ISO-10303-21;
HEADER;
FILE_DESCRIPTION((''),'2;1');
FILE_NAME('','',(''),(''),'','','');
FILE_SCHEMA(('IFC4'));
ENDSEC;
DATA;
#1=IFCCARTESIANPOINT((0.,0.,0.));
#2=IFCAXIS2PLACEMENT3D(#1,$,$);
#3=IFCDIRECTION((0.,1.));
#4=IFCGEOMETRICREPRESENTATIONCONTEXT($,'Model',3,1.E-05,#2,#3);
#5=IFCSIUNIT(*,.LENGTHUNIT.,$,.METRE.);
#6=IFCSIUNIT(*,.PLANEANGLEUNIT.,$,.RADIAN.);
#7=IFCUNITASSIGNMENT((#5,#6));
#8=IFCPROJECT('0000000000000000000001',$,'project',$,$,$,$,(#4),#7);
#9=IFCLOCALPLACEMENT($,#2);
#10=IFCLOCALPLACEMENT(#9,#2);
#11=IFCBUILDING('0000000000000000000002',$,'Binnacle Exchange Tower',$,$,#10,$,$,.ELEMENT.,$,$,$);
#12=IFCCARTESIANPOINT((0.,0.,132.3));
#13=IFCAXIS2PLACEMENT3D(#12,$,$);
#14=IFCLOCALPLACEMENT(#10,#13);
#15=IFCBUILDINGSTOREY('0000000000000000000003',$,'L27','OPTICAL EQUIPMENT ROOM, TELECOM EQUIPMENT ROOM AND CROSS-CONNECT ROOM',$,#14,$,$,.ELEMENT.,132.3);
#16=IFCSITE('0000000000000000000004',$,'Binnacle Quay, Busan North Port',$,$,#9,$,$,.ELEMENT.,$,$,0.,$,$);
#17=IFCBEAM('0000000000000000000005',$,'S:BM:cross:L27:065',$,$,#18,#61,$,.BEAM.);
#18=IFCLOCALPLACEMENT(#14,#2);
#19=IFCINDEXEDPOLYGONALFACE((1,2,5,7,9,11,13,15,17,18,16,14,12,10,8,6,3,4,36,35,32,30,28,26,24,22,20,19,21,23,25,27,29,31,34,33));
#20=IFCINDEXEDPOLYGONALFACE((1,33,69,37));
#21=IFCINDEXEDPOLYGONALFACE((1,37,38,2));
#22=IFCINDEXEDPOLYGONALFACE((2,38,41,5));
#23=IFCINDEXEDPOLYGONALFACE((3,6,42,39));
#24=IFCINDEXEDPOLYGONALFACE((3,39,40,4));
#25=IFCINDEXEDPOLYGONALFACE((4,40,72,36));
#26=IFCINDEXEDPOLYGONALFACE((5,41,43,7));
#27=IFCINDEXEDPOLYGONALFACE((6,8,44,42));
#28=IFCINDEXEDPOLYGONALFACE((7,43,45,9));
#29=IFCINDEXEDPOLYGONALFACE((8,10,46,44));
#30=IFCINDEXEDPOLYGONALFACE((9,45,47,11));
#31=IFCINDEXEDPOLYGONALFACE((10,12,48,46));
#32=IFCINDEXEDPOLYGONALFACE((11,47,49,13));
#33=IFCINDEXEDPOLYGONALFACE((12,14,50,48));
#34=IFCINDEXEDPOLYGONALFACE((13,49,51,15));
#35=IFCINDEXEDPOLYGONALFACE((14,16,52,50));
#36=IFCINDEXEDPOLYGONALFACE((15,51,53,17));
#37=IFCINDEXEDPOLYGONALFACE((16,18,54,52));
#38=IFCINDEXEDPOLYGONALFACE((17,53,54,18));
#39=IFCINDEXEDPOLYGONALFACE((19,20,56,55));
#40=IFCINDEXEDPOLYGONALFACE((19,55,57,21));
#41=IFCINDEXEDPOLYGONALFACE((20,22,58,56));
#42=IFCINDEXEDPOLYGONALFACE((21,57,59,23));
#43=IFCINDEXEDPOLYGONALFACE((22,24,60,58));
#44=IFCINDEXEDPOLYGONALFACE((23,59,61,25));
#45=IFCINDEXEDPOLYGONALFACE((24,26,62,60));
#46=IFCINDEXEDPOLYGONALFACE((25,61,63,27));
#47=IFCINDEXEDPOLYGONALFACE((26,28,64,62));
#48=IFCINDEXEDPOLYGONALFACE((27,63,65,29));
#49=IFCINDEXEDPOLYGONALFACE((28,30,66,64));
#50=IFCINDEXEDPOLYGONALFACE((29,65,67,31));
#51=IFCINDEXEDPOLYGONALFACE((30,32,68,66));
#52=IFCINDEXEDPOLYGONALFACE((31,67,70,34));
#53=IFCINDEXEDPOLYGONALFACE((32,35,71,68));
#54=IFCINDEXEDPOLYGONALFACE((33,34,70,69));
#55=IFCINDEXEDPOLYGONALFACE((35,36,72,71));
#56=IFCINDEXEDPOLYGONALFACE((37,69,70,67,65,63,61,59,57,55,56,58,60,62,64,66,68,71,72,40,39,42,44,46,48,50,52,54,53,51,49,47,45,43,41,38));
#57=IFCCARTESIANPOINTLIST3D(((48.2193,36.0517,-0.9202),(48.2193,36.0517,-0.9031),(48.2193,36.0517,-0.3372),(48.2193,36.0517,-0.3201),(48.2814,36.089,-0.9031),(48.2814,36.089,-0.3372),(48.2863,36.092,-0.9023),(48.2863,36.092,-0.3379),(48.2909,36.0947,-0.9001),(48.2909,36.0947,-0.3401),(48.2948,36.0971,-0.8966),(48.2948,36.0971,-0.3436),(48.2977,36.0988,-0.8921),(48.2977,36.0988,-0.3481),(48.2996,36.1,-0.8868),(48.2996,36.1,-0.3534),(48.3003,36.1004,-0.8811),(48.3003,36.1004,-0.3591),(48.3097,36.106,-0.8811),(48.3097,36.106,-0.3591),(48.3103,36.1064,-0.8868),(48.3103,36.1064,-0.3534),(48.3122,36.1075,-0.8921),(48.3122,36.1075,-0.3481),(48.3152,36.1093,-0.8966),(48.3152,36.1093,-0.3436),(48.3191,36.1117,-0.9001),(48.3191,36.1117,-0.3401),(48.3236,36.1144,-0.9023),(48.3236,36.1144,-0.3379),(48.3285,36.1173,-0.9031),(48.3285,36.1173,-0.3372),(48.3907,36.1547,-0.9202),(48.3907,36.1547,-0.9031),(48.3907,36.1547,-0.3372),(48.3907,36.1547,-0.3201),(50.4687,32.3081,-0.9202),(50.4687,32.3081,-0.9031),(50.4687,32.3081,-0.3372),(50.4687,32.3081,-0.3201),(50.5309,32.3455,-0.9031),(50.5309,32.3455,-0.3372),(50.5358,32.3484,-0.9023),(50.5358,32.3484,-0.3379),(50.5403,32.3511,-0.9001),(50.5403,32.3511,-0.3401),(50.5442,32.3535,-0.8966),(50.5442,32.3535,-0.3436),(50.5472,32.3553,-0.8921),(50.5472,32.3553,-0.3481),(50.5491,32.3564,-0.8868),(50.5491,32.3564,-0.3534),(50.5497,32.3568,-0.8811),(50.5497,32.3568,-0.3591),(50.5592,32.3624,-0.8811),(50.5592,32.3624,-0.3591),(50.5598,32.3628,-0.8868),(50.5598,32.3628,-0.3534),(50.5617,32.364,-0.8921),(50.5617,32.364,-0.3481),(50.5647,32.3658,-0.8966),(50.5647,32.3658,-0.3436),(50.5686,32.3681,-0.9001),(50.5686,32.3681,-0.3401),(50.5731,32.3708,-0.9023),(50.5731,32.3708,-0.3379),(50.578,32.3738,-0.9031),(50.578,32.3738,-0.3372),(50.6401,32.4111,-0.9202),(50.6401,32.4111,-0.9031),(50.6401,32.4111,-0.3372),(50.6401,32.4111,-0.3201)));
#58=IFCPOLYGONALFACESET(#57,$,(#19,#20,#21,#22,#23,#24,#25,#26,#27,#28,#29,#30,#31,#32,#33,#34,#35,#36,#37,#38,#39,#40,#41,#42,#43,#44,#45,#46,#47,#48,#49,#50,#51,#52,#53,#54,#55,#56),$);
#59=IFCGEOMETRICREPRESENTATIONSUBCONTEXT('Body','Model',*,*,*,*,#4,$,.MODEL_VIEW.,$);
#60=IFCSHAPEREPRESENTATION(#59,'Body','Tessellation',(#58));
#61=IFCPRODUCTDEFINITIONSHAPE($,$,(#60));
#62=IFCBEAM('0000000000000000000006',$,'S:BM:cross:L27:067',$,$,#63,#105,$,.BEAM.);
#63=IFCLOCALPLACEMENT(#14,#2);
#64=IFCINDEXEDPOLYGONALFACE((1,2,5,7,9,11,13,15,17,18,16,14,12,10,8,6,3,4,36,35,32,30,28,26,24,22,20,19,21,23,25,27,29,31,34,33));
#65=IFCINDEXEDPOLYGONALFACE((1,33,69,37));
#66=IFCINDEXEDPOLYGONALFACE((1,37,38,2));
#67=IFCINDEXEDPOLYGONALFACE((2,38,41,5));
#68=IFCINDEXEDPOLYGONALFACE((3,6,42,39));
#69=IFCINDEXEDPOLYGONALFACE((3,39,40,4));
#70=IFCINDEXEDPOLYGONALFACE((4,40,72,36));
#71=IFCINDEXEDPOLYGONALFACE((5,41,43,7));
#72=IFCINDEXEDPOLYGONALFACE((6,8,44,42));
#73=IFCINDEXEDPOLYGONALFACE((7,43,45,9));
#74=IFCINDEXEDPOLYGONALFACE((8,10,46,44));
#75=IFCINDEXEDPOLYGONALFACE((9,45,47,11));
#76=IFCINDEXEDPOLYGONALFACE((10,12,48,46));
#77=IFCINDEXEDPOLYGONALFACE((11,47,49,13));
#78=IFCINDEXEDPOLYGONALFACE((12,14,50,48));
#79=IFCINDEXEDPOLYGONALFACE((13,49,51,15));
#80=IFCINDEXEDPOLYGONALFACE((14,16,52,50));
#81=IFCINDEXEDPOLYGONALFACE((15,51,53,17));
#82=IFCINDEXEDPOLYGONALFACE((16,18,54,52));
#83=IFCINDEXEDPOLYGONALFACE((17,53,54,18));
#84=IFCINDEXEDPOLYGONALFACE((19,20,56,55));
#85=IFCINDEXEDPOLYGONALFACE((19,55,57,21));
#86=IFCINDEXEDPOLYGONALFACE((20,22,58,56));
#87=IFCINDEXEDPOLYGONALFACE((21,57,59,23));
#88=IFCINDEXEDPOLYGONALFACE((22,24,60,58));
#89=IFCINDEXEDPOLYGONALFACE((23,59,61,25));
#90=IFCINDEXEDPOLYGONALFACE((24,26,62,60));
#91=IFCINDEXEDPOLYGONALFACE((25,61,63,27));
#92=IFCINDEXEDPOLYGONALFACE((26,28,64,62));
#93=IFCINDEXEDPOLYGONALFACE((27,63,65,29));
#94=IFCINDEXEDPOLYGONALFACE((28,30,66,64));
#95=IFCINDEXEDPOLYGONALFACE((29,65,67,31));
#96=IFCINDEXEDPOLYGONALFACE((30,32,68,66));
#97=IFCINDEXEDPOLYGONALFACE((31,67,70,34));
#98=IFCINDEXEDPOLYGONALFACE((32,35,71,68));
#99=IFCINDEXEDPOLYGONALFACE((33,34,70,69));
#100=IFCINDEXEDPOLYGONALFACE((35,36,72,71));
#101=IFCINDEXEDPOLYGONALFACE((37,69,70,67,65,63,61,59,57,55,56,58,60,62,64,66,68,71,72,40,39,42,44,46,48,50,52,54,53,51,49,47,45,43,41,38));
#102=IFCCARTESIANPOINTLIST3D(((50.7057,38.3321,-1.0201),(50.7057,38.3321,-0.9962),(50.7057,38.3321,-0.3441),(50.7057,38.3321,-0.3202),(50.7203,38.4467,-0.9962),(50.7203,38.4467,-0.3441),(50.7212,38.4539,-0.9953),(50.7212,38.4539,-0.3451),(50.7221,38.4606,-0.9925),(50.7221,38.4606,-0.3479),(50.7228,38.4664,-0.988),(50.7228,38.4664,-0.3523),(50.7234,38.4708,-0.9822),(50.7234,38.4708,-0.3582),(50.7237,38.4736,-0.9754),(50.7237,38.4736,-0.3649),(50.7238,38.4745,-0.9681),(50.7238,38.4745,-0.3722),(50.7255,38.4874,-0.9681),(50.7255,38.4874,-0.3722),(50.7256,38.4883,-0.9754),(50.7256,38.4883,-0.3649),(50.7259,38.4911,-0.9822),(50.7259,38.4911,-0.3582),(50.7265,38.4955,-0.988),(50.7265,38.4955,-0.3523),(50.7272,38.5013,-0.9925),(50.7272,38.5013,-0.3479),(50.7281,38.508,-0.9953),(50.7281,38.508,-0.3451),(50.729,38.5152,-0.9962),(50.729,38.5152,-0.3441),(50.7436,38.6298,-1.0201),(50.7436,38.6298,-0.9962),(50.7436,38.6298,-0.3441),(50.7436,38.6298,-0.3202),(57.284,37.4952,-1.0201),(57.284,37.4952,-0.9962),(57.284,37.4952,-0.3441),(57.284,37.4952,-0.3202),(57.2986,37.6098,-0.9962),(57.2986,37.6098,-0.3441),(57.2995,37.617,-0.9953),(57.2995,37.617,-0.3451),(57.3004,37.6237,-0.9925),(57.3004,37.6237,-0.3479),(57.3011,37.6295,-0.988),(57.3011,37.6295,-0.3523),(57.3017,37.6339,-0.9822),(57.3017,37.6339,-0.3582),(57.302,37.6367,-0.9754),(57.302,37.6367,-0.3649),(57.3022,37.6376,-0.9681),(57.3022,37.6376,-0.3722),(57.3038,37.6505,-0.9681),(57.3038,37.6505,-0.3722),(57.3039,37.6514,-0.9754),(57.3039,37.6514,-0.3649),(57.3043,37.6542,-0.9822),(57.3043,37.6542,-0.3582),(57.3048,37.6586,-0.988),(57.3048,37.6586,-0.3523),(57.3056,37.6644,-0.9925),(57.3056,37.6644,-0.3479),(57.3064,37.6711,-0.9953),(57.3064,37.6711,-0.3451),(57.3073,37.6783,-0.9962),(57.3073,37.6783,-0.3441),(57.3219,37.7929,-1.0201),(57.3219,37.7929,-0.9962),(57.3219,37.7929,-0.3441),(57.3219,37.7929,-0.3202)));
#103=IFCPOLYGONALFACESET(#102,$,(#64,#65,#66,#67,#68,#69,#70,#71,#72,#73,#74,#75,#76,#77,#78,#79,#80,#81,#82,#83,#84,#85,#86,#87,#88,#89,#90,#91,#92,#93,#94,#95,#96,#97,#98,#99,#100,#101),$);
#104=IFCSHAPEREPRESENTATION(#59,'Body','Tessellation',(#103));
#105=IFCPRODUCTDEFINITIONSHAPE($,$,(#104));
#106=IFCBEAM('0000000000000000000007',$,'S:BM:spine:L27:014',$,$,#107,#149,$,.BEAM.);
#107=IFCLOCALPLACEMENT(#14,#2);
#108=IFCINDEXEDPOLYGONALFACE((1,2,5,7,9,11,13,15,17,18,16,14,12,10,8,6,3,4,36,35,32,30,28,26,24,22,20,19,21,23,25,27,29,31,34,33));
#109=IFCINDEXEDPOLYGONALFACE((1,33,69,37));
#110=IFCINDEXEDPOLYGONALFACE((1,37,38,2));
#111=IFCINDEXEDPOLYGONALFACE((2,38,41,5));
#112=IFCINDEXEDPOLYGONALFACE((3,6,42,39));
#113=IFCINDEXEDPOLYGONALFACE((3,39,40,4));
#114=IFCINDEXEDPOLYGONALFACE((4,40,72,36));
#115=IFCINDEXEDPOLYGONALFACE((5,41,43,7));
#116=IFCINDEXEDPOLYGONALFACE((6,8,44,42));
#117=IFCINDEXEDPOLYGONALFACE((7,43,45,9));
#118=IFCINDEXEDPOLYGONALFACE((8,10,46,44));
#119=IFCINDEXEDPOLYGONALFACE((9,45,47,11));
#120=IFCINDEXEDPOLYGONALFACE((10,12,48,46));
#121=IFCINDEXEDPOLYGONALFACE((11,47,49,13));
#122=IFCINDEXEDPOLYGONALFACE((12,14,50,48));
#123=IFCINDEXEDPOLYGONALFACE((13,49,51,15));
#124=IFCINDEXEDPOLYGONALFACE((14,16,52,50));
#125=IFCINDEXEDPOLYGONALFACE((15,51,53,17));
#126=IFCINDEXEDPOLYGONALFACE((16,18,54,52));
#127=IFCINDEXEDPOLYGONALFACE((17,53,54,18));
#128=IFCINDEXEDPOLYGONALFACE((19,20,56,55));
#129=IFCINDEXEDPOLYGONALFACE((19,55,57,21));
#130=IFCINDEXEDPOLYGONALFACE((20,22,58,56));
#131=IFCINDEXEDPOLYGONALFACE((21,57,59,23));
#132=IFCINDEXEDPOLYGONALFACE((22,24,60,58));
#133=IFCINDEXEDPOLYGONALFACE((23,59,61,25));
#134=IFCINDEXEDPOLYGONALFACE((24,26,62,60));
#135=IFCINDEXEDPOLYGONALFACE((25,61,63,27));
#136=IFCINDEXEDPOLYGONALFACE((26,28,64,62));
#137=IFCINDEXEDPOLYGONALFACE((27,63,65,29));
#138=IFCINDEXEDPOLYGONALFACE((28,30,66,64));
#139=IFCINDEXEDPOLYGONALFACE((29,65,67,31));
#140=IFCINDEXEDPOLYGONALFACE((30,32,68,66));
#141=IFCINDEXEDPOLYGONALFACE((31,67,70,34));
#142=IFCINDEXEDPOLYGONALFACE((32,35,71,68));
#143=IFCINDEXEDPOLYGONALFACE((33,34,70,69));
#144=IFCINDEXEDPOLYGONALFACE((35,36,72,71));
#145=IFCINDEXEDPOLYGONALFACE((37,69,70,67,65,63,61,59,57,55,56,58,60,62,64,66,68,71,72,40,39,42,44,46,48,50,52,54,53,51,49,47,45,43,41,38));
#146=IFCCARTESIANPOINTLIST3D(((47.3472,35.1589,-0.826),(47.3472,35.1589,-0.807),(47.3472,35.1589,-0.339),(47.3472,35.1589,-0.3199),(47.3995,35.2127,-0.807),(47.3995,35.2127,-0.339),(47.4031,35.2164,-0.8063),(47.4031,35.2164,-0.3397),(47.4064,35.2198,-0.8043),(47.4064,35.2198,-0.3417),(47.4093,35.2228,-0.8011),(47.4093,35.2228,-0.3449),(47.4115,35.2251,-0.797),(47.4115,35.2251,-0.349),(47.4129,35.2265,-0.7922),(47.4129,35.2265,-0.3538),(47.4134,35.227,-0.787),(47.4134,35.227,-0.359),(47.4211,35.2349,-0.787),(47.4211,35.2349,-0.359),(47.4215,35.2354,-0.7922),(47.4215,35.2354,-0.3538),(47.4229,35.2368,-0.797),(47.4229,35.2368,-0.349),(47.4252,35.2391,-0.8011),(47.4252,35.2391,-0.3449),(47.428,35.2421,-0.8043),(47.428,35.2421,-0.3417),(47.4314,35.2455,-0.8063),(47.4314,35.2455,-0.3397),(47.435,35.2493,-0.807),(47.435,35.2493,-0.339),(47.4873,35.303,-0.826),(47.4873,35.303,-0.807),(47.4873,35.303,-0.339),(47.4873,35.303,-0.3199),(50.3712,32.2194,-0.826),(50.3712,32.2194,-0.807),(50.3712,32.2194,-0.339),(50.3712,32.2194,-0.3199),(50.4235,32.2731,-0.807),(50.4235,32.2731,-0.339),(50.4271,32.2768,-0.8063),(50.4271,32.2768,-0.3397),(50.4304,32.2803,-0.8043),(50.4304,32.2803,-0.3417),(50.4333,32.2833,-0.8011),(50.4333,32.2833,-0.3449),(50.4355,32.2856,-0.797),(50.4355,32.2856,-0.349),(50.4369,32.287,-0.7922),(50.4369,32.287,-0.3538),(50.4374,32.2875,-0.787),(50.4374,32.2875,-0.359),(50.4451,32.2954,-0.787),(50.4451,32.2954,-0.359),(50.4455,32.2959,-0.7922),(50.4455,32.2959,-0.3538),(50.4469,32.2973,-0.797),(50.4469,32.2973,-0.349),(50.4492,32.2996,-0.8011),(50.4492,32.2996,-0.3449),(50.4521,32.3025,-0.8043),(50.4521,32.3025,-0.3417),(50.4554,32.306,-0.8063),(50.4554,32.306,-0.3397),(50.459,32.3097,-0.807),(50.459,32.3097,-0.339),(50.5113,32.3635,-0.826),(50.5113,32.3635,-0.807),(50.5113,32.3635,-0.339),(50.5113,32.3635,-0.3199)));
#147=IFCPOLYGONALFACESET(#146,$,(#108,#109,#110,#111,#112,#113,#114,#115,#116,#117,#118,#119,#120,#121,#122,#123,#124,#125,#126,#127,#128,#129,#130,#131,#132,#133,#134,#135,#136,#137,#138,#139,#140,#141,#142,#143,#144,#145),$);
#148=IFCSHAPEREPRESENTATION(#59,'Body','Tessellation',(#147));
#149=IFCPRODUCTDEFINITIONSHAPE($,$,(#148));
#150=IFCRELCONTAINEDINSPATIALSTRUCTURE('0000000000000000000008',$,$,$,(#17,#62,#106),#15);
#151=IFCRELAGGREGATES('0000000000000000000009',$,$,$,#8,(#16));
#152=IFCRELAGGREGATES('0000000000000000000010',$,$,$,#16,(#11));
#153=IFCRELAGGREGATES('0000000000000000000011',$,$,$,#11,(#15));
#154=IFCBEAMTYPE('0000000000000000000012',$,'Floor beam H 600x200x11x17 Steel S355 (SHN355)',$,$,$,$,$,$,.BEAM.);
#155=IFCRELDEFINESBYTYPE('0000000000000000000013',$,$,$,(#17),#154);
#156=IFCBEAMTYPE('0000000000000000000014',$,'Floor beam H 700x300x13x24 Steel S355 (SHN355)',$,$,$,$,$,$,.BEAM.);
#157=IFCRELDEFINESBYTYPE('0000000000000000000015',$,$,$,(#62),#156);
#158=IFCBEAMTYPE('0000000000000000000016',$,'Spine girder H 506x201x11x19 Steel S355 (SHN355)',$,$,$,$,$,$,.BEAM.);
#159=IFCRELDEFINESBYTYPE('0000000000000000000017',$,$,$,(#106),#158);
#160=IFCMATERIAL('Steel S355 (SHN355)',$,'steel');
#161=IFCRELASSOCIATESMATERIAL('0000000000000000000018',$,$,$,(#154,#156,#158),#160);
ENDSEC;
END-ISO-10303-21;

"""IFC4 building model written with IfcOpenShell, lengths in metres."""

from ifc_helpers import new_model, si_unit, direction, frame, origin, origin_2d, place, context, subcontext, project, spatial, i_section, extrude, material, material_profile, profile_set, type_object, element, save


model = new_model("IFC4")

# Units and contexts
model_context = context("Model", 3, precision=1e-05, world=origin(), true_north=direction((0.0, 1.0)))
body_context = subcontext(model_context, "Body", "Model", "MODEL_VIEW")
ifc_project = project(units=[si_unit("LENGTHUNIT", "METRE"), si_unit("PLANEANGLEUNIT", "RADIAN")], contexts=[model_context])

# Site, building, storey
site_placement = place(None, origin())
site = spatial("IfcSite", under=ifc_project, at=site_placement, Name="Binnacle Quay, Busan North Port", CompositionType="ELEMENT", RefElevation=0.0)
building_placement = place(site_placement, origin())
building = spatial("IfcBuilding", under=site, at=building_placement, Name="Binnacle Exchange Tower", CompositionType="ELEMENT")
storey_placement = place(building_placement, frame((0.0, 0.0, 132.3)))
storey = spatial("IfcBuildingStorey", under=building, at=storey_placement, Name="L27", Description="OPTICAL EQUIPMENT ROOM, TELECOM EQUIPMENT ROOM AND CROSS-CONNECT ROOM", CompositionType="ELEMENT", Elevation=132.3)

# Beams
ifc_material_1 = material(Name="Steel S355 (SHN355)", Category="steel")
ifc_material_profile_1 = material_profile(ifc_material_1, i_section(OverallWidth=0.2, OverallDepth=0.6001, WebThickness=0.011, FlangeThickness=0.0171, FilletRadius=0.022, at=origin_2d()), Name="H 600x200x11x17")
ifc_profile_set_1 = profile_set([ifc_material_profile_1], Name="Steel S355 (SHN355)")
beam_type_1 = type_object("IfcBeamType", Name="Floor beam H 600x200x11x17 Steel S355 (SHN355)", PredefinedType="BEAM", material=ifc_profile_set_1)
beam_1_placement = place(storey_placement, frame((50.5544, 32.3596, -0.6201), z_axis=(-0.515055, 0.857157, 0.0), x_axis=(-0.857157, -0.515055, 0.0)))
element("IfcBeam", 1, at=beam_1_placement, inside=storey, type_object=beam_type_1, Name="S:BM:cross:L27:065", PredefinedType="BEAM", context=body_context, shape_type="SweptSolid", body=[
    extrude(i_section(OverallWidth=0.2, OverallDepth=0.6001, WebThickness=0.011, FlangeThickness=0.0171, FilletRadius=0.022, at=origin_2d()), origin(), (0.0, 0.0, 1.0), 4.3674),
])
ifc_material_profile_2 = material_profile(ifc_material_1, i_section(OverallWidth=0.3, OverallDepth=0.7, WebThickness=0.0129, FlangeThickness=0.0239, FilletRadius=0.0281, at=origin_2d()), Name="H 700x300x13x24")
ifc_profile_set_2 = profile_set([ifc_material_profile_2], Name="Steel S355 (SHN355)")
beam_type_2 = type_object("IfcBeamType", Name="Floor beam H 700x300x13x24 Steel S355 (SHN355)", PredefinedType="BEAM", material=ifc_profile_set_2)
beam_2_placement = place(storey_placement, frame((57.303, 37.644, -0.6702), z_axis=(-0.992004, 0.126205, 0.0), x_axis=(-0.126205, -0.992004, 0.0)))
element("IfcBeam", 2, at=beam_2_placement, inside=storey, type_object=beam_type_2, Name="S:BM:cross:L27:067", PredefinedType="BEAM", context=body_context, shape_type="SweptSolid", body=[
    extrude(i_section(OverallWidth=0.3, OverallDepth=0.7, WebThickness=0.0129, FlangeThickness=0.0239, FilletRadius=0.0281, at=origin_2d()), origin(), (0.0, 0.0, 1.0), 6.6313),
])
ifc_material_profile_3 = material_profile(ifc_material_1, i_section(OverallWidth=0.2009, OverallDepth=0.5061, WebThickness=0.011, FlangeThickness=0.019, FilletRadius=0.02, at=origin_2d()), Name="H 506x201x11x19")
ifc_profile_set_3 = profile_set([ifc_material_profile_3], Name="Steel S355 (SHN355)")
beam_type_3 = type_object("IfcBeamType", Name="Spine girder H 506x201x11x19 Steel S355 (SHN355)", PredefinedType="BEAM", material=ifc_profile_set_3)
beam_3_placement = place(storey_placement, frame((47.4172, 35.231, -0.573), z_axis=(0.717051, -0.697021, 0.0), x_axis=(0.697021, 0.717051, 0.0)))
element("IfcBeam", 3, at=beam_3_placement, inside=storey, type_object=beam_type_3, Name="S:BM:spine:L27:014", PredefinedType="BEAM", context=body_context, shape_type="SweptSolid", body=[
    extrude(i_section(OverallWidth=0.2009, OverallDepth=0.5061, WebThickness=0.011, FlangeThickness=0.019, FilletRadius=0.02, at=origin_2d()), origin(), (0.0, 0.0, 1.0), 4.2173),
])

save(model, "model.ifc")
